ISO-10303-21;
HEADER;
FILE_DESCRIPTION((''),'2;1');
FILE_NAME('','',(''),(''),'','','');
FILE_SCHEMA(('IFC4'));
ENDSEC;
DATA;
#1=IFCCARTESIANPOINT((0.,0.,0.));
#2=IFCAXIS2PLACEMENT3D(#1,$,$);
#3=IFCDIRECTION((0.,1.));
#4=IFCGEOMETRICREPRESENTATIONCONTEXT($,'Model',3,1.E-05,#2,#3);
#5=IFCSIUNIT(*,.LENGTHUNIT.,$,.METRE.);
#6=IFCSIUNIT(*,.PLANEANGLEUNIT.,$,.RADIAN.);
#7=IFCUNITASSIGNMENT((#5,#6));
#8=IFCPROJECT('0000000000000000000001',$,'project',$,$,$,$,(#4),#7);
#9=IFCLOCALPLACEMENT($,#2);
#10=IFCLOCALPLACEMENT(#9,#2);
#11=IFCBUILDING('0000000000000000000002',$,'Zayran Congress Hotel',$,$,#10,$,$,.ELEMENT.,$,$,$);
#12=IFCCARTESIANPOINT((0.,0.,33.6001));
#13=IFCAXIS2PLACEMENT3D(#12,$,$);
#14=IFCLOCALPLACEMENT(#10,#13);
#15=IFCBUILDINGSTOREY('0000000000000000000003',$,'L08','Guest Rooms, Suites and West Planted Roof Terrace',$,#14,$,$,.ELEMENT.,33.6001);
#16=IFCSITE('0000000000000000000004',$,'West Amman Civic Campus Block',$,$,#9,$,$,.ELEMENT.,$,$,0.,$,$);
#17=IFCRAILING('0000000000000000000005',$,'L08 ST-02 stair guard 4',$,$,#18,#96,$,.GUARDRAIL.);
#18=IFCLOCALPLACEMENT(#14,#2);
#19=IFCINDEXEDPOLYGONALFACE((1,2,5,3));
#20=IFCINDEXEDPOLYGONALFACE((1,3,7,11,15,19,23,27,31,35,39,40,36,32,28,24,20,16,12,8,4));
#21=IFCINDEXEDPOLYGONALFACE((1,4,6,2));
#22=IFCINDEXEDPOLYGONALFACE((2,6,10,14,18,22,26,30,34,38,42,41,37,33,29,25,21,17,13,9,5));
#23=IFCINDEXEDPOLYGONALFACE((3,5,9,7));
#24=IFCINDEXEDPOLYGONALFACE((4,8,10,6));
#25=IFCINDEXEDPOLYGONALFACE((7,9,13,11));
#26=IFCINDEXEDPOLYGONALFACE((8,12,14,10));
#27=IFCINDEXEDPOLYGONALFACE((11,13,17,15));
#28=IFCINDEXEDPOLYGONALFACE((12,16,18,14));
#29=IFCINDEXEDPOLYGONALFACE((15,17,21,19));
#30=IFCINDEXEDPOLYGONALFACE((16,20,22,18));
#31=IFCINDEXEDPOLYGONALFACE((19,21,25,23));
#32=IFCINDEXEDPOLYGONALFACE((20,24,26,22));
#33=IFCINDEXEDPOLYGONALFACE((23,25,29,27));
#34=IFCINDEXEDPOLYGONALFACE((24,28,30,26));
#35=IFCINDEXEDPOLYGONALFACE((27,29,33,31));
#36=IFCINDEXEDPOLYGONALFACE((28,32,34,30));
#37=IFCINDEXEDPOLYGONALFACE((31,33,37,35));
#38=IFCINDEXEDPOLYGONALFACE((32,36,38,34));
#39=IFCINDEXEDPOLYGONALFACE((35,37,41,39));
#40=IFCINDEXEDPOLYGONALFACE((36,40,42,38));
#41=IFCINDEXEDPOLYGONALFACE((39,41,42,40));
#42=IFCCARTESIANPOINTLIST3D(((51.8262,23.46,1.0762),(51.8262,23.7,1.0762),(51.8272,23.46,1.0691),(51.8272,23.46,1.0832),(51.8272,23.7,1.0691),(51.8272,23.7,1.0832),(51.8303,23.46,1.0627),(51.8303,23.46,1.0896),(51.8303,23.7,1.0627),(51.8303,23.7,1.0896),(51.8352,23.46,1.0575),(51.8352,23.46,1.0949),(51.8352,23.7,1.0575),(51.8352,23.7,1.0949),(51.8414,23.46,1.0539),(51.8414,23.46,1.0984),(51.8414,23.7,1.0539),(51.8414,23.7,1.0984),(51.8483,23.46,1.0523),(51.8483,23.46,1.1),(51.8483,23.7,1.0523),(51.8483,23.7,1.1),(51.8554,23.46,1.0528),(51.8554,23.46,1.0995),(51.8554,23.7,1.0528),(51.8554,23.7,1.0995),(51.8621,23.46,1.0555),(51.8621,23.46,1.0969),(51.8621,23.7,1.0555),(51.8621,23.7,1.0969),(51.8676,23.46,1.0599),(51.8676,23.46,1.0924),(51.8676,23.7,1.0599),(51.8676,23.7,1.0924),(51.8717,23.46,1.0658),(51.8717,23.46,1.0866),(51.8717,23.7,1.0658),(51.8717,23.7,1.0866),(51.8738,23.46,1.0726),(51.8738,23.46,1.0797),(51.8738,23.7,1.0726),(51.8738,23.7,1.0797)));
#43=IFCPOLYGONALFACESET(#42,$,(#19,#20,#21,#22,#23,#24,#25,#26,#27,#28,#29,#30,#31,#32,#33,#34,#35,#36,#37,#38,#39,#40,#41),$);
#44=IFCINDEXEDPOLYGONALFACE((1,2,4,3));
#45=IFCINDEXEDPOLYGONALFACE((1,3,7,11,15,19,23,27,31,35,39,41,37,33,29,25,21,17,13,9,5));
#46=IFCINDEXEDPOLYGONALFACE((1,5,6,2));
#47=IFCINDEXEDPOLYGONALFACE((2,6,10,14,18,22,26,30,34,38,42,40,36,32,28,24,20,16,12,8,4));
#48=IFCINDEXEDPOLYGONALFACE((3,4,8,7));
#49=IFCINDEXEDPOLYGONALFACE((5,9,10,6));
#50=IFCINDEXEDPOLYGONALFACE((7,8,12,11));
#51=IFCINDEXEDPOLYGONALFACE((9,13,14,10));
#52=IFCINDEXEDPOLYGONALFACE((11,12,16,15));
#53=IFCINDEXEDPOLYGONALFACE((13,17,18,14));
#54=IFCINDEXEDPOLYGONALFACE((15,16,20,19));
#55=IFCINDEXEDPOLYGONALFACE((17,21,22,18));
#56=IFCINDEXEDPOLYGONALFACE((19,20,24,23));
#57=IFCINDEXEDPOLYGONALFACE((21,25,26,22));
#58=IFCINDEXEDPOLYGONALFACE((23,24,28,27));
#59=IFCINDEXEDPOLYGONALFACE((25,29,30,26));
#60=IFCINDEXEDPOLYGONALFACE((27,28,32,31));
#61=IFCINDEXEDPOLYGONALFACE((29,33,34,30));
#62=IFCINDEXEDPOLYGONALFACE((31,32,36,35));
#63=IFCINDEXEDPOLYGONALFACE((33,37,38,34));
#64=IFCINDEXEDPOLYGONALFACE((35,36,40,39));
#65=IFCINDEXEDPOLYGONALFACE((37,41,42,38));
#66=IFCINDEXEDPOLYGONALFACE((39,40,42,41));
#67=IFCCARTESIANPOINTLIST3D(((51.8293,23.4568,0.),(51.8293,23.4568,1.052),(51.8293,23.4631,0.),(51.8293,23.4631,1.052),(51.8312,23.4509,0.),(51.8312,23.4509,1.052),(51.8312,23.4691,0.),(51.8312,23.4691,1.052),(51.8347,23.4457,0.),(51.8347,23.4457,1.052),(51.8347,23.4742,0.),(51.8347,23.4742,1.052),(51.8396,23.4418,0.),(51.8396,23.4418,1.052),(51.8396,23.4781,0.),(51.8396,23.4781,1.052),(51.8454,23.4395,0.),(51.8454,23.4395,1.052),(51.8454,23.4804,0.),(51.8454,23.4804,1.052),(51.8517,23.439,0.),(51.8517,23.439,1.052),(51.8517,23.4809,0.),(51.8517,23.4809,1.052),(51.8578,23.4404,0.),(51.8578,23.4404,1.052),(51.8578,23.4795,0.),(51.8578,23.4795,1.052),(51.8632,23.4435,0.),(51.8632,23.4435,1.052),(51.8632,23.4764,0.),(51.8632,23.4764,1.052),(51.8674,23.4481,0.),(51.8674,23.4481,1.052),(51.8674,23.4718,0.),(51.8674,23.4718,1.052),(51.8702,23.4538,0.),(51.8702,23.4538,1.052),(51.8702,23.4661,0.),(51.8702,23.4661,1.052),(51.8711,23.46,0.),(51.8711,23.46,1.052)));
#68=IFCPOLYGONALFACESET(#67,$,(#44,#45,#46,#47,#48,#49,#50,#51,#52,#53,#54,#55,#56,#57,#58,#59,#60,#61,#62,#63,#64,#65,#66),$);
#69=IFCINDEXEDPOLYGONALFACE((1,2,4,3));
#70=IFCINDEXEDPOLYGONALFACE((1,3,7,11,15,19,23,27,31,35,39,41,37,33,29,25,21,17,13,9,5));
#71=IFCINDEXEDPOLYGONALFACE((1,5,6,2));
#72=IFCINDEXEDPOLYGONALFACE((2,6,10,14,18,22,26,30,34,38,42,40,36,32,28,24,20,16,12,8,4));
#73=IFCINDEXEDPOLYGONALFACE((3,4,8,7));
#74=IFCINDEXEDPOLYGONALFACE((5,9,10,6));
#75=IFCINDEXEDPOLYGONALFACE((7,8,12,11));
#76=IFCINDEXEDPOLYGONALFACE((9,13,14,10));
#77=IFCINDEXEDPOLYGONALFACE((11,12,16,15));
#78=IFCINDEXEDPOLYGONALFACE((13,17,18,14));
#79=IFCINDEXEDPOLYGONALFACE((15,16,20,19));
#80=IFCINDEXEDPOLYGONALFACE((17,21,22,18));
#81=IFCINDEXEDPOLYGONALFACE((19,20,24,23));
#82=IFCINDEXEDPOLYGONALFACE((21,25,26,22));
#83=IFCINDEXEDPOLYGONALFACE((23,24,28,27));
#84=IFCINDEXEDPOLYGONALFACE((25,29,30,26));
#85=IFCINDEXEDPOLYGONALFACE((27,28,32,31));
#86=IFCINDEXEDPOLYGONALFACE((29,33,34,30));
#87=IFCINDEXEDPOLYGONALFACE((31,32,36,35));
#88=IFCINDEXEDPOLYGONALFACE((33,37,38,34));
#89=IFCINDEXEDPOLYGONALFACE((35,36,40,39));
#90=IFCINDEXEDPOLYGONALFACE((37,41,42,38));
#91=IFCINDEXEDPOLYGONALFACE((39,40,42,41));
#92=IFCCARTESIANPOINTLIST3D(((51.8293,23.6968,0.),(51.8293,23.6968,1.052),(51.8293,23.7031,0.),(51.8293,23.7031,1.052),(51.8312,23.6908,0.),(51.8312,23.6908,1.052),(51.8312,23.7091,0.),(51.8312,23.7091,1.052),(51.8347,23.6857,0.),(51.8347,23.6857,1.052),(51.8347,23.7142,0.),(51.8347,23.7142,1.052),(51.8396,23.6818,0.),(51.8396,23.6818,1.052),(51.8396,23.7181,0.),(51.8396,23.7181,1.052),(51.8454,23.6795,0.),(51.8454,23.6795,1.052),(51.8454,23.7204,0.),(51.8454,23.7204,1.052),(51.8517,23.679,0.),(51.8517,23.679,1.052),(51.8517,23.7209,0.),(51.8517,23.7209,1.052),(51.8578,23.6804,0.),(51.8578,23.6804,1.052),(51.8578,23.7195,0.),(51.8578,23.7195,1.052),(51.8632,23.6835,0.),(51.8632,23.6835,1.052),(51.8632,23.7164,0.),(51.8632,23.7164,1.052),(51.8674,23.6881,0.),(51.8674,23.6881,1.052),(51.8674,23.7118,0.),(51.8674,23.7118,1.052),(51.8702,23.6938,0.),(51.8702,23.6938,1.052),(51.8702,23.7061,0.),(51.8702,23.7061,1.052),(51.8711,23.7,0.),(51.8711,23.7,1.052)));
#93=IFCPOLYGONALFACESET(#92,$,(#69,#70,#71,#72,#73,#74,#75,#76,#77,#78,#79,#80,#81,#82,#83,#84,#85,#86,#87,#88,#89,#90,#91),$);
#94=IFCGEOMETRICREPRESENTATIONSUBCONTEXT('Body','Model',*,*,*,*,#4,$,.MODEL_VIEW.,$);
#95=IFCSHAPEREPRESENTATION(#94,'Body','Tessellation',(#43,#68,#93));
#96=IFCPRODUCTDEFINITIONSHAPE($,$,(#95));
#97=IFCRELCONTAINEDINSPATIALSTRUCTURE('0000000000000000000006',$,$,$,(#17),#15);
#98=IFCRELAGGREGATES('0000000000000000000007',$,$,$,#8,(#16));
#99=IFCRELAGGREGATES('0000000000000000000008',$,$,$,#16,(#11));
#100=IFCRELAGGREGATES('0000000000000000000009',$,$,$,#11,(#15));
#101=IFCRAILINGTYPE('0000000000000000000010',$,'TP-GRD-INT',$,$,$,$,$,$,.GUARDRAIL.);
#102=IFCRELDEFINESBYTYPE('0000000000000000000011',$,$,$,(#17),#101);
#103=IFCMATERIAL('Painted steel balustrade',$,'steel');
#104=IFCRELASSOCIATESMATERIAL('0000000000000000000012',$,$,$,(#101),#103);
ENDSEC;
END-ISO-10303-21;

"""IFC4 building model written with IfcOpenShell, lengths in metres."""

from ifc_helpers import new_model, si_unit, direction, frame, origin, origin_2d, place, context, subcontext, project, spatial, circle, extrude, material, type_object, element, save


model = new_model("IFC4")

# Units and contexts
model_context = context("Model", 3, precision=1e-05, world=origin(), true_north=direction((0.0, 1.0)))
body_context = subcontext(model_context, "Body", "Model", "MODEL_VIEW")
ifc_project = project(units=[si_unit("LENGTHUNIT", "METRE"), si_unit("PLANEANGLEUNIT", "RADIAN")], contexts=[model_context])

# Site, building, storey
site_placement = place(None, origin())
site = spatial("IfcSite", under=ifc_project, at=site_placement, Name="West Amman Civic Campus Block", CompositionType="ELEMENT", RefElevation=0.0)
building_placement = place(site_placement, origin())
building = spatial("IfcBuilding", under=site, at=building_placement, Name="Zayran Congress Hotel", CompositionType="ELEMENT")
storey_placement = place(building_placement, frame((0.0, 0.0, 33.6001)))
storey = spatial("IfcBuildingStorey", under=building, at=storey_placement, Name="L08", Description="Guest Rooms, Suites and West Planted Roof Terrace", CompositionType="ELEMENT", Elevation=33.6001)

# Railing
ifc_material_1 = material(Name="Painted steel balustrade", Category="steel")
railing_type_1 = type_object("IfcRailingType", Name="TP-GRD-INT", PredefinedType="GUARDRAIL", material=ifc_material_1)
railing_1_placement = place(storey_placement, frame((51.8501, 23.46, 0.0)))
element("IfcRailing", 1, at=railing_1_placement, inside=storey, type_object=railing_type_1, Name="L08 ST-02 stair guard 4", PredefinedType="GUARDRAIL", context=body_context, shape_type="SweptSolid", body=[
    extrude(circle(Radius=0.0239, at=origin_2d()), frame((0.0, 0.0, 1.0762), z_axis=(0.0, 1.0, 0.0), x_axis=(-1.0, 0.0, 0.0)), (0.0, 0.0, 1.0), 0.24),
    extrude(circle(Radius=0.021, at=origin_2d()), origin(), (0.0, 0.0, 1.0), 1.052),
    extrude(circle(Radius=0.021, at=origin_2d()), frame((0.0, 0.24, 0.0)), (0.0, 0.0, 1.0), 1.052),
])

save(model, "model.ifc")
